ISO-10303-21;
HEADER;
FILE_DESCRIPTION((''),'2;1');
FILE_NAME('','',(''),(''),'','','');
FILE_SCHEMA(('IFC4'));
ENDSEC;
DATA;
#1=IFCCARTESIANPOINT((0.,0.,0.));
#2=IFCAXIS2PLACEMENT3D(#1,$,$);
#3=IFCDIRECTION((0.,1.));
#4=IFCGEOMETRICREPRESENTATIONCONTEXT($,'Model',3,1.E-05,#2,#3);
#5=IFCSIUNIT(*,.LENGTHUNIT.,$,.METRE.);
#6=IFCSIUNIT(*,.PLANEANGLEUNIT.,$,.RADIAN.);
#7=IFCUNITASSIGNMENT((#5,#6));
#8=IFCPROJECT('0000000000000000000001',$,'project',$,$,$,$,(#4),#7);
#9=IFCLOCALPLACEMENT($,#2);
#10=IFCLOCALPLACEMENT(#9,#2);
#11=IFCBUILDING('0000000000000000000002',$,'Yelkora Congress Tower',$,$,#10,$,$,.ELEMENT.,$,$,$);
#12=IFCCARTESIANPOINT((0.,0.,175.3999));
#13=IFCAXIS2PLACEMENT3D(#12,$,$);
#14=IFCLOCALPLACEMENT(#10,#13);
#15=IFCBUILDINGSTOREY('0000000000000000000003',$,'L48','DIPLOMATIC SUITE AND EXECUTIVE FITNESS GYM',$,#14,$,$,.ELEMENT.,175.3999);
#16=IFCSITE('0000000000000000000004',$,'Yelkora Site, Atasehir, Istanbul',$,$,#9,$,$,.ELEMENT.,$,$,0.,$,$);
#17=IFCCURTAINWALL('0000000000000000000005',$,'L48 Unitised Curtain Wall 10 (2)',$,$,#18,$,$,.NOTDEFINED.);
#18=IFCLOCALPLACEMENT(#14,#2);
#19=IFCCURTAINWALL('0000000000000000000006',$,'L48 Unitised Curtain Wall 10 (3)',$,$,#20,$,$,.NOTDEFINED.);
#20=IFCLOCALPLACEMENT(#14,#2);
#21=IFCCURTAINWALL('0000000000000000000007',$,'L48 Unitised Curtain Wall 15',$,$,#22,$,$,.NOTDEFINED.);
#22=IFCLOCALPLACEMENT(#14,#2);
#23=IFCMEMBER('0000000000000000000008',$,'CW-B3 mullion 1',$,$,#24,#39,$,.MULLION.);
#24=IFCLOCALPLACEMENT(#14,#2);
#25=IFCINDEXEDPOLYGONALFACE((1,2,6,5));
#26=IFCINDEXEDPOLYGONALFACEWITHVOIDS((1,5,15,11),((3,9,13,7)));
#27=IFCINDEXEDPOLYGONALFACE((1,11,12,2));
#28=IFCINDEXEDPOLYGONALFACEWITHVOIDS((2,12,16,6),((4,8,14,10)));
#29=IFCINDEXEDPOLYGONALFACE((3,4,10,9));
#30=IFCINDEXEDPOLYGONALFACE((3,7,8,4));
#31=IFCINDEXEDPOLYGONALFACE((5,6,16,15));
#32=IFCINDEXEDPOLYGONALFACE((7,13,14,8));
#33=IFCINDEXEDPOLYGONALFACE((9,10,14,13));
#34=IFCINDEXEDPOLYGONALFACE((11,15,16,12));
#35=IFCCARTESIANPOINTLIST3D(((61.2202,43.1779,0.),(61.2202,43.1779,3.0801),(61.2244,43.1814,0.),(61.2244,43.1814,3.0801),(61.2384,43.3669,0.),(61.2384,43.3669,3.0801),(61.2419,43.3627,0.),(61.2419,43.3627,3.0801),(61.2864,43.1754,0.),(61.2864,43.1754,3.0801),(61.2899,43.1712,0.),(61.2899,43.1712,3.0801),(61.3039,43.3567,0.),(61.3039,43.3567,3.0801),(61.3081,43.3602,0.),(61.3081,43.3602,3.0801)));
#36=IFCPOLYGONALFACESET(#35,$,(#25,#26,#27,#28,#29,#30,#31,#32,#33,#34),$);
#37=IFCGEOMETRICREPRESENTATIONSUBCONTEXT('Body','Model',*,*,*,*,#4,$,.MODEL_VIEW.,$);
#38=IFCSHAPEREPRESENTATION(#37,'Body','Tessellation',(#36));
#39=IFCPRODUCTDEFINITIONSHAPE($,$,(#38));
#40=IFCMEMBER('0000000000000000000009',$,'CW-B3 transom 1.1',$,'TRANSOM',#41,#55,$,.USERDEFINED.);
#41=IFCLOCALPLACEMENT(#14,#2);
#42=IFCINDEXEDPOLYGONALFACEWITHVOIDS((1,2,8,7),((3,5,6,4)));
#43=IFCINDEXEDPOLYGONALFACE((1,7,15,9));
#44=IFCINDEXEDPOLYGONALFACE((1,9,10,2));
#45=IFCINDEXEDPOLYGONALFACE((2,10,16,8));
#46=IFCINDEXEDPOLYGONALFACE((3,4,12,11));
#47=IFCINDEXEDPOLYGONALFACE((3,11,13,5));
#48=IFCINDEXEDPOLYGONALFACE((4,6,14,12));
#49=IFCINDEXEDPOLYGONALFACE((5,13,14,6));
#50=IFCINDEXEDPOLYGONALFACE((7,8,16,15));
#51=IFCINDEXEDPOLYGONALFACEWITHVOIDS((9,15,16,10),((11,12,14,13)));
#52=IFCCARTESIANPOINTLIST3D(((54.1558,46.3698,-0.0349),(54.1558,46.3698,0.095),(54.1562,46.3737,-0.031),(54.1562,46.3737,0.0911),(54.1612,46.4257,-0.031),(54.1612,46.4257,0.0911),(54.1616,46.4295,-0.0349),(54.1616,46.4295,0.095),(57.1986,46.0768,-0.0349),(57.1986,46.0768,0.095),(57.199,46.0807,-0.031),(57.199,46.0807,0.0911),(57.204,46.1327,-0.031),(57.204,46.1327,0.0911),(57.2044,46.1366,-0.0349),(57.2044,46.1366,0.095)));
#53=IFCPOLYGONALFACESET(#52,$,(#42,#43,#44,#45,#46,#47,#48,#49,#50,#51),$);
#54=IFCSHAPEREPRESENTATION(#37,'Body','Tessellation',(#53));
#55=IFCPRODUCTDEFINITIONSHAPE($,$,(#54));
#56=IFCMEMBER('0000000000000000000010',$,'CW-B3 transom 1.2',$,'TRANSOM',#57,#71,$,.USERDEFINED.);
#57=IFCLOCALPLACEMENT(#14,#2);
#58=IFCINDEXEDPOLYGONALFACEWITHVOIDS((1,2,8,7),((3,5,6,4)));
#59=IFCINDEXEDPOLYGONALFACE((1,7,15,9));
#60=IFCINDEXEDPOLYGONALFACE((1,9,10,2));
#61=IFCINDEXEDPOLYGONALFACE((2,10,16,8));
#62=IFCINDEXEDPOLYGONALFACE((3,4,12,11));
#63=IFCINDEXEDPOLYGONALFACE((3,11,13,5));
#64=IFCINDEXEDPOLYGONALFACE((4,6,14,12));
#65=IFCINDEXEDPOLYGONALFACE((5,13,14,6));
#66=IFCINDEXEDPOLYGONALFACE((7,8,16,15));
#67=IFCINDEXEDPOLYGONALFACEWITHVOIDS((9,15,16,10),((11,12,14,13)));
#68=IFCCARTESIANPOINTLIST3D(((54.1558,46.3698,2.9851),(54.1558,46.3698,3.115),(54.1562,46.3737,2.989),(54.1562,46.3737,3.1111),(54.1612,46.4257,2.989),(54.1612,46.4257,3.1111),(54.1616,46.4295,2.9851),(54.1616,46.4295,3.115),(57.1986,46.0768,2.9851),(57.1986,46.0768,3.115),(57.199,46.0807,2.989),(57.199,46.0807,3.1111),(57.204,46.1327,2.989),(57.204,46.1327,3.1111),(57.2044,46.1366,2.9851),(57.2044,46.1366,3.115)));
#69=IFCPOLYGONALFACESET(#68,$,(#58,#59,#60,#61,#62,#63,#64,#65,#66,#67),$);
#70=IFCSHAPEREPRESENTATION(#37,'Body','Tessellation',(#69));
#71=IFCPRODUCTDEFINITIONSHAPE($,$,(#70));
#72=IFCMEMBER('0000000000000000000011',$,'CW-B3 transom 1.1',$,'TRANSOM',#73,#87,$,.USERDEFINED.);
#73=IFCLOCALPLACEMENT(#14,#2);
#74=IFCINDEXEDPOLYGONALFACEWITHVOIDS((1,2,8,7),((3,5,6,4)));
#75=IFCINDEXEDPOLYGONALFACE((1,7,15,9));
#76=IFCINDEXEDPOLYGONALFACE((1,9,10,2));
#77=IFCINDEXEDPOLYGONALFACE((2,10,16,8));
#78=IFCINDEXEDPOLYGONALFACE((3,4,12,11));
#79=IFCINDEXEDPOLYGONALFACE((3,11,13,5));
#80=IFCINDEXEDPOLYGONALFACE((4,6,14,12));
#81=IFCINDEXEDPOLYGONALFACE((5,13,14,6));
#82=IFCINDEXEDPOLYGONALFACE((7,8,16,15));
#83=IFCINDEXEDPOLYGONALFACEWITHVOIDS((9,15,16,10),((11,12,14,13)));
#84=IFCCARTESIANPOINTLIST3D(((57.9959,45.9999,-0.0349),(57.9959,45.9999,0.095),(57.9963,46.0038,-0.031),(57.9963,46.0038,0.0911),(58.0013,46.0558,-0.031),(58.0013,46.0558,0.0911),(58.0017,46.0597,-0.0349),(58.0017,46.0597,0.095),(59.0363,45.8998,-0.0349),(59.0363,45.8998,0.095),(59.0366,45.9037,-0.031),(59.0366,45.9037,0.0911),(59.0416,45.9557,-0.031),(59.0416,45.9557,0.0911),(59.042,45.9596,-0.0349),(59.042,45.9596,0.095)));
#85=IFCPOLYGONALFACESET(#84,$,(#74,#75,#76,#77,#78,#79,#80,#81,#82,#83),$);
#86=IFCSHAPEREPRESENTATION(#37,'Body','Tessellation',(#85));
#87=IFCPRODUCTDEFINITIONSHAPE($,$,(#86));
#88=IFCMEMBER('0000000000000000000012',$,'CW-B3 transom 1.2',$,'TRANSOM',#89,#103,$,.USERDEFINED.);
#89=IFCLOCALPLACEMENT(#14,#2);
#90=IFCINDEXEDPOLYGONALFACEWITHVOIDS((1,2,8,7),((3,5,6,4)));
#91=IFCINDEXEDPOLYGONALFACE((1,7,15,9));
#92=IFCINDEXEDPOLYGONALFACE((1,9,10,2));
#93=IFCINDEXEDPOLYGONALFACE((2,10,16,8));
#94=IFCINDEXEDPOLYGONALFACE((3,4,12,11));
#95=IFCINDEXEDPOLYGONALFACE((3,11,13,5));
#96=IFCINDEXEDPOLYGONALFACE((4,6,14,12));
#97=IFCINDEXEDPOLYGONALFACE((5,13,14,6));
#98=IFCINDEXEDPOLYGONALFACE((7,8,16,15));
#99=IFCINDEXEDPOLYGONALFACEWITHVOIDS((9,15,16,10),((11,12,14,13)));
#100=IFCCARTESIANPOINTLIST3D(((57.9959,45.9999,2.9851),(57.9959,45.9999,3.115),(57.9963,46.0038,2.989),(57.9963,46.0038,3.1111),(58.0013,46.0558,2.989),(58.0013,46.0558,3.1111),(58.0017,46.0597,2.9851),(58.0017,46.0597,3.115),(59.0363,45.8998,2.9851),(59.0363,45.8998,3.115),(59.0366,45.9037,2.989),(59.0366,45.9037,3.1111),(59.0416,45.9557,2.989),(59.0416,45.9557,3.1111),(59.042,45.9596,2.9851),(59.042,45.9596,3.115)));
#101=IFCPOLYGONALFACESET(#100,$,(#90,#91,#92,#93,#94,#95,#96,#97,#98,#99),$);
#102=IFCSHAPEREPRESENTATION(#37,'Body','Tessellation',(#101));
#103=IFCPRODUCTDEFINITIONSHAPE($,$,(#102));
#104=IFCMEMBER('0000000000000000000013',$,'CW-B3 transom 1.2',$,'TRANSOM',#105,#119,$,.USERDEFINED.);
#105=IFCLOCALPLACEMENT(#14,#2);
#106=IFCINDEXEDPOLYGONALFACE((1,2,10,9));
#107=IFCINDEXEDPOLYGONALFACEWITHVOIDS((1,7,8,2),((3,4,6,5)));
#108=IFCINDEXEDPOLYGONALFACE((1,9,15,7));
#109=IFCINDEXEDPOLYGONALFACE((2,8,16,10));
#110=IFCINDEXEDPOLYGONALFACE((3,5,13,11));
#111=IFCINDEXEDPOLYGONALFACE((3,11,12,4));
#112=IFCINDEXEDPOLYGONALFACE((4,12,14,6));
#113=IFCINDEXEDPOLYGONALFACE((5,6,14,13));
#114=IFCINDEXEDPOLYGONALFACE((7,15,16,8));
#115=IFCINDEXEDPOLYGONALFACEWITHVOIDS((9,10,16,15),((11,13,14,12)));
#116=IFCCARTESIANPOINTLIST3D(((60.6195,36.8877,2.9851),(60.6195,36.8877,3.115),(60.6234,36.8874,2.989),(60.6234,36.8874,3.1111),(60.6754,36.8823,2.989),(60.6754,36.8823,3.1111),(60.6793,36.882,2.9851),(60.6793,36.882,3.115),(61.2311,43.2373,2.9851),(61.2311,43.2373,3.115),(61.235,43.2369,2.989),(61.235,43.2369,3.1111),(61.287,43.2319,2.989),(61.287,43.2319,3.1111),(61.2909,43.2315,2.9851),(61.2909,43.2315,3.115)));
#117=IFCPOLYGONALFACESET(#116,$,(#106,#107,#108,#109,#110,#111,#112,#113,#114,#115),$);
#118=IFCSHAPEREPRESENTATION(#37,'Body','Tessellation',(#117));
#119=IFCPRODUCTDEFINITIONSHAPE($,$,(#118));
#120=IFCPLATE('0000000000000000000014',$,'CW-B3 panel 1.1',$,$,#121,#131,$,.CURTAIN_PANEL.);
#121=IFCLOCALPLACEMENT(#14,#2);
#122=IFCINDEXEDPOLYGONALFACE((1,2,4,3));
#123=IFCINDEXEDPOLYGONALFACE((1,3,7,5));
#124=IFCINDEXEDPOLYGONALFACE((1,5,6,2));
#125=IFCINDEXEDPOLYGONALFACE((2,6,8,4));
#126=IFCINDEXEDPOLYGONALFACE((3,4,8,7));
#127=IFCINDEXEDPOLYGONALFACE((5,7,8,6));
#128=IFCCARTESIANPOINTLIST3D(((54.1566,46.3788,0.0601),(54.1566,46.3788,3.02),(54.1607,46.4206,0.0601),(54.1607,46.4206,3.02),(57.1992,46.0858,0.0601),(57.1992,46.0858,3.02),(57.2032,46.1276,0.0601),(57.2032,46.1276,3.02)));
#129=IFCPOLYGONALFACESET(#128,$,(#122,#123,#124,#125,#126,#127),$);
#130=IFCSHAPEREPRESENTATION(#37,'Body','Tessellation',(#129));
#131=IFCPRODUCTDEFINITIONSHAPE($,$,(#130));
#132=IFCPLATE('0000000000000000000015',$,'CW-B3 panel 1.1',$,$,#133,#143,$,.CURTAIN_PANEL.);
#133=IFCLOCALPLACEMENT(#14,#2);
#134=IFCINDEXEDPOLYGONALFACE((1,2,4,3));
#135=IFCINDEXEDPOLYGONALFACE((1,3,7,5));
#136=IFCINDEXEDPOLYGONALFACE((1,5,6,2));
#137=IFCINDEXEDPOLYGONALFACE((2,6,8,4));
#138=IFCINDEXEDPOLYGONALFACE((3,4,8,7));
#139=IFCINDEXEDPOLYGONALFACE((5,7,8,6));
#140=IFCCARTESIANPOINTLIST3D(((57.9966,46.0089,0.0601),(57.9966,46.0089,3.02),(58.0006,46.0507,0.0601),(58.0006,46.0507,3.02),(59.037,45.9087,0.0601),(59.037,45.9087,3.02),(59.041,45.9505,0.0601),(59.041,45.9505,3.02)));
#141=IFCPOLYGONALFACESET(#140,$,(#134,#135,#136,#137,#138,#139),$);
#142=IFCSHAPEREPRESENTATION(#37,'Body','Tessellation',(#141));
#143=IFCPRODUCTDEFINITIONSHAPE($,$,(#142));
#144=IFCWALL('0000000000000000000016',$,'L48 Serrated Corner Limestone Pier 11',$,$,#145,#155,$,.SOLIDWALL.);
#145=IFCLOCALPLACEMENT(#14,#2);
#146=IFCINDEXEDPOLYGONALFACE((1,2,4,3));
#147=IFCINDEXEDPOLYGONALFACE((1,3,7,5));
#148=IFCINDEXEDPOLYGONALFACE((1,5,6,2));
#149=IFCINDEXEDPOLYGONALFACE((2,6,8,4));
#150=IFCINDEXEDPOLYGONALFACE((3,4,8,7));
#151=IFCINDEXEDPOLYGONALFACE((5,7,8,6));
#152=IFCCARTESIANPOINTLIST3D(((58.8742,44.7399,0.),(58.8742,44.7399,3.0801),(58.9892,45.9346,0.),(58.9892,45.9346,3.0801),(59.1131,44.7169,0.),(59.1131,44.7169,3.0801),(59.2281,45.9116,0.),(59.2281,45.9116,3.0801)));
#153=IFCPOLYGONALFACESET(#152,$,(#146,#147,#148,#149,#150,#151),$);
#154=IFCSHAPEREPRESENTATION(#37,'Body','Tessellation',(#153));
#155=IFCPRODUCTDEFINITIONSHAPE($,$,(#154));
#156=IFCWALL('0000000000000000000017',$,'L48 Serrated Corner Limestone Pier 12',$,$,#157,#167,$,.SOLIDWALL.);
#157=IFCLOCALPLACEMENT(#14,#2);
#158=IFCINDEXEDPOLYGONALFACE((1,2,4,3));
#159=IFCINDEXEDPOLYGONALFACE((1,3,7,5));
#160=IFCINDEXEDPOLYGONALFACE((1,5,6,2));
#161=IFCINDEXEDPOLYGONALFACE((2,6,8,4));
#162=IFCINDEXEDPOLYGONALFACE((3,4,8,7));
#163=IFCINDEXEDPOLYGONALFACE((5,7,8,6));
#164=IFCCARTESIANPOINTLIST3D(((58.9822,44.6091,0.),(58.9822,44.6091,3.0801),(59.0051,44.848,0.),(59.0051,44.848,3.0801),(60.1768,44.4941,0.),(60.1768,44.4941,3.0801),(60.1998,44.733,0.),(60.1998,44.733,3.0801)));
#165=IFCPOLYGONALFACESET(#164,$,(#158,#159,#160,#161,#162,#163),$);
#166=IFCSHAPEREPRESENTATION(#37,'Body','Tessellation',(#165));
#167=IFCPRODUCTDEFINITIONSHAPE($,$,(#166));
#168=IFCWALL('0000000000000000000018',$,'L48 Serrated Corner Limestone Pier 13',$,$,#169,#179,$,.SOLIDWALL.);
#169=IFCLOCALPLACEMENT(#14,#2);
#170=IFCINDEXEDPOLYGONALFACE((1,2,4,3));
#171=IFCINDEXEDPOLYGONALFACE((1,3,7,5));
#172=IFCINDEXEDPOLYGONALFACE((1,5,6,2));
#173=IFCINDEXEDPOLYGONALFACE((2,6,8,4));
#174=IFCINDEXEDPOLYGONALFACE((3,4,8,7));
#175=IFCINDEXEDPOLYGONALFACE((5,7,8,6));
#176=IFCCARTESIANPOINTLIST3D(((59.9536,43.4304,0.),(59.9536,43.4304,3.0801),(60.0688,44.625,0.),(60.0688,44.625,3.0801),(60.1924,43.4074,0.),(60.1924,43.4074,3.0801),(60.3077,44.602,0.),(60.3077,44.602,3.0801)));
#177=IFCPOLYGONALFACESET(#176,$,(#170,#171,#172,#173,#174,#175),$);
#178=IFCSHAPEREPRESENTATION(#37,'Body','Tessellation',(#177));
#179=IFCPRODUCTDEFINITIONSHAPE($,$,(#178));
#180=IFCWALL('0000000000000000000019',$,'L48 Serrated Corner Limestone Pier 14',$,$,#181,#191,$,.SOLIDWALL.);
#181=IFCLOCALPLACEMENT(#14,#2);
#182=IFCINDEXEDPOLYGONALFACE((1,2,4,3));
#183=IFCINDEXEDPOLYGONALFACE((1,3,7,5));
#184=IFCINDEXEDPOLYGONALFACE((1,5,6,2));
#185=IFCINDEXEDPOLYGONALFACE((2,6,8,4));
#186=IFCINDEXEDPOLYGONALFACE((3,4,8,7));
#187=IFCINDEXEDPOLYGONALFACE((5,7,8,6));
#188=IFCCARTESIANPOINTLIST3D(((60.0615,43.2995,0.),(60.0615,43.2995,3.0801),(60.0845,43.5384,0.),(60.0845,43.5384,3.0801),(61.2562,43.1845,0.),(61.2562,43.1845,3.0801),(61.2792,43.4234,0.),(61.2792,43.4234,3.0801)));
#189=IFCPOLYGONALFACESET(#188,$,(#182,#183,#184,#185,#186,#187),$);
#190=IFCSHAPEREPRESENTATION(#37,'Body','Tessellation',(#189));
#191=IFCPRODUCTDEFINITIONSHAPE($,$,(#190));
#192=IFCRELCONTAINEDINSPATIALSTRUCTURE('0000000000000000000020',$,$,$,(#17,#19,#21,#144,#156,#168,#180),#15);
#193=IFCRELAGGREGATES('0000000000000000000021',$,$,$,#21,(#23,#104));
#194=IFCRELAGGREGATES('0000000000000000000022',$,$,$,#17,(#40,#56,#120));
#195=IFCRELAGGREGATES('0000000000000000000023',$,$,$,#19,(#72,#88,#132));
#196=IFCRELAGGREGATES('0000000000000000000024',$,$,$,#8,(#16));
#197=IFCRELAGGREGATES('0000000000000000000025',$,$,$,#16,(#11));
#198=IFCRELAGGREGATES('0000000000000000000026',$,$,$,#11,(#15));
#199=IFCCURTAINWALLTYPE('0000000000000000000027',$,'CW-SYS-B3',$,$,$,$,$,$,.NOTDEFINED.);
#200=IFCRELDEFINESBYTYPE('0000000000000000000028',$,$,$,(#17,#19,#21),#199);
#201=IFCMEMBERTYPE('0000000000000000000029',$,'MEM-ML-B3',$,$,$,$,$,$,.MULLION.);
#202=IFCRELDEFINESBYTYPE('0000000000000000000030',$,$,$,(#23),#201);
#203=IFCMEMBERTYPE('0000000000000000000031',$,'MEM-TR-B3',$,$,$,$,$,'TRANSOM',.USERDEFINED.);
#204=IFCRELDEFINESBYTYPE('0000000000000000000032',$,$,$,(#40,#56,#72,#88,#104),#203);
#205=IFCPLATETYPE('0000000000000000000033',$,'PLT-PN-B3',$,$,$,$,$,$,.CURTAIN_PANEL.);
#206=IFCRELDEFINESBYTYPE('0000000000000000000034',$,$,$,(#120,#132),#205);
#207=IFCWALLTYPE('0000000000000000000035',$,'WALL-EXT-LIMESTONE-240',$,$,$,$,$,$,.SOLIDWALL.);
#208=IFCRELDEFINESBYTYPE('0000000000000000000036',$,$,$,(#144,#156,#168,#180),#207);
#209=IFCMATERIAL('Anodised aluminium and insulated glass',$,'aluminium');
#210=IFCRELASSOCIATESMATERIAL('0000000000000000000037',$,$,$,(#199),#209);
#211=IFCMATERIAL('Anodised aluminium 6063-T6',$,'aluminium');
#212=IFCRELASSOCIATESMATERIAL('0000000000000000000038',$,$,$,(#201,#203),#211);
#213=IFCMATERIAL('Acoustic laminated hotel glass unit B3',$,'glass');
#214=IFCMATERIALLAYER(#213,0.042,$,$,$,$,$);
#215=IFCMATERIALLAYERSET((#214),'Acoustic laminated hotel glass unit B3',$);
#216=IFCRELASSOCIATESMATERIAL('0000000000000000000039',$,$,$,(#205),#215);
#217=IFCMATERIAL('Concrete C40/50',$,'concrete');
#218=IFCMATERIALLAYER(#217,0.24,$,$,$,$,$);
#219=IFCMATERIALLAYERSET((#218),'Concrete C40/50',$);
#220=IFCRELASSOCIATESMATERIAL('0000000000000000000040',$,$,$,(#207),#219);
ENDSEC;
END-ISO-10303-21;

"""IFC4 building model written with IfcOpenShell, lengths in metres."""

from ifc_helpers import new_model, si_unit, direction, frame, frame_2d, origin, origin_2d, place, context, subcontext, project, spatial, rectangle, hollow_rectangle, extrude, material, layer, layer_set, material_profile, profile_set, type_object, element, aggregate, save


model = new_model("IFC4")

# Units and contexts
model_context = context("Model", 3, precision=1e-05, world=origin(), true_north=direction((0.0, 1.0)))
body_context = subcontext(model_context, "Body", "Model", "MODEL_VIEW")
ifc_project = project(units=[si_unit("LENGTHUNIT", "METRE"), si_unit("PLANEANGLEUNIT", "RADIAN")], contexts=[model_context])

# Site, building, storey
site_placement = place(None, origin())
site = spatial("IfcSite", under=ifc_project, at=site_placement, Name="Yelkora Site, Atasehir, Istanbul", CompositionType="ELEMENT", RefElevation=0.0)
building_placement = place(site_placement, origin())
building = spatial("IfcBuilding", under=site, at=building_placement, Name="Yelkora Congress Tower", CompositionType="ELEMENT")
storey_placement = place(building_placement, frame((0.0, 0.0, 175.3999)))
storey = spatial("IfcBuildingStorey", under=building, at=storey_placement, Name="L48", Description="DIPLOMATIC SUITE AND EXECUTIVE FITNESS GYM", CompositionType="ELEMENT", Elevation=175.3999)

# Shared definitions
ifc_material_1 = material(Name="Anodised aluminium and insulated glass", Category="aluminium")
curtain_wall_type = type_object("IfcCurtainWallType", Name="CW-SYS-B3", PredefinedType="NOTDEFINED", material=ifc_material_1)
ifc_material_2 = material(Name="Anodised aluminium 6063-T6", Category="aluminium")
ifc_material_profile_1 = material_profile(ifc_material_2, hollow_rectangle(XDim=0.0701, YDim=0.1899, WallThickness=0.0039, at=origin_2d()), Name="ALU 70x190x4")
ifc_profile_set_1 = profile_set([ifc_material_profile_1], Name="Anodised aluminium 6063-T6")
member_type_1 = type_object("IfcMemberType", Name="MEM-ML-B3", PredefinedType="MULLION", material=ifc_profile_set_1)

# Curtain walls
curtain_wall_1_placement = place(storey_placement, origin())
curtain_wall_1 = element("IfcCurtainWall", 1, at=curtain_wall_1_placement, inside=storey, type_object=curtain_wall_type, Name="L48 Unitised Curtain Wall 10 (2)", PredefinedType="NOTDEFINED")
curtain_wall_2_placement = place(storey_placement, origin())
curtain_wall_2 = element("IfcCurtainWall", 2, at=curtain_wall_2_placement, inside=storey, type_object=curtain_wall_type, Name="L48 Unitised Curtain Wall 10 (3)", PredefinedType="NOTDEFINED")

# Curtain wall, member
curtain_wall_3_placement = place(storey_placement, origin())
curtain_wall_3 = element("IfcCurtainWall", 3, at=curtain_wall_3_placement, inside=storey, type_object=curtain_wall_type, Name="L48 Unitised Curtain Wall 15", PredefinedType="NOTDEFINED")
member_1_placement = place(storey_placement, frame((61.2642, 43.269, 0.0), z_axis=(0.0, 0.0, 1.0), x_axis=(0.995397, -0.095842, 0.0)))
member_1 = element("IfcMember", 4, at=member_1_placement, type_object=member_type_1, Name="CW-B3 mullion 1", PredefinedType="MULLION", context=body_context, shape_type="SweptSolid", body=[
    extrude(hollow_rectangle(XDim=0.0701, YDim=0.1899, WallThickness=0.0039, at=origin_2d()), origin(), (0.0, 0.0, 1.0), 3.0801),
])

# Members
ifc_material_profile_2 = material_profile(ifc_material_2, hollow_rectangle(XDim=0.0601, YDim=0.1299, WallThickness=0.0039, at=origin_2d()), Name="ALU 60x130x4")
ifc_profile_set_2 = profile_set([ifc_material_profile_2], Name="Anodised aluminium 6063-T6")
member_type_2 = type_object("IfcMemberType", Name="MEM-TR-B3", ElementType="TRANSOM", PredefinedType="USERDEFINED", material=ifc_profile_set_2)
member_2_placement = place(storey_placement, frame((54.1587, 46.3997, 0.03), z_axis=(0.995397, -0.095842, 0.0), x_axis=(0.095842, 0.995397, 0.0)))
member_2 = element("IfcMember", 5, at=member_2_placement, type_object=member_type_2, Name="CW-B3 transom 1.1", ObjectType="TRANSOM", PredefinedType="USERDEFINED", context=body_context, shape_type="SweptSolid", body=[
    extrude(hollow_rectangle(XDim=0.0601, YDim=0.1299, WallThickness=0.0039, at=origin_2d()), origin(), (0.0, 0.0, 1.0), 3.0569),
])
member_3_placement = place(storey_placement, frame((54.1587, 46.3997, 3.05), z_axis=(0.995397, -0.095842, 0.0), x_axis=(0.095842, 0.995397, 0.0)))
member_3 = element("IfcMember", 6, at=member_3_placement, type_object=member_type_2, Name="CW-B3 transom 1.2", ObjectType="TRANSOM", PredefinedType="USERDEFINED", context=body_context, shape_type="SweptSolid", body=[
    extrude(hollow_rectangle(XDim=0.0601, YDim=0.1299, WallThickness=0.0039, at=origin_2d()), origin(), (0.0, 0.0, 1.0), 3.0569),
])
member_4_placement = place(storey_placement, frame((57.9988, 46.0298, 0.03), z_axis=(0.995403, -0.095779, 0.0), x_axis=(0.095779, 0.995403, 0.0)))
member_4 = element("IfcMember", 7, at=member_4_placement, type_object=member_type_2, Name="CW-B3 transom 1.1", ObjectType="TRANSOM", PredefinedType="USERDEFINED", context=body_context, shape_type="SweptSolid", body=[
    extrude(hollow_rectangle(XDim=0.0601, YDim=0.1299, WallThickness=0.0039, at=origin_2d()), origin(), (0.0, 0.0, 1.0), 1.0452),
])
member_5_placement = place(storey_placement, frame((57.9988, 46.0298, 3.05), z_axis=(0.995403, -0.095779, 0.0), x_axis=(0.095779, 0.995403, 0.0)))
member_5 = element("IfcMember", 8, at=member_5_placement, type_object=member_type_2, Name="CW-B3 transom 1.2", ObjectType="TRANSOM", PredefinedType="USERDEFINED", context=body_context, shape_type="SweptSolid", body=[
    extrude(hollow_rectangle(XDim=0.0601, YDim=0.1299, WallThickness=0.0039, at=origin_2d()), origin(), (0.0, 0.0, 1.0), 1.0452),
])
member_6_placement = place(storey_placement, frame((61.261, 43.2344, 3.05), z_axis=(-0.095873, -0.995394, 0.0), x_axis=(0.995394, -0.095873, 0.0)))
member_6 = element("IfcMember", 9, at=member_6_placement, type_object=member_type_2, Name="CW-B3 transom 1.2", ObjectType="TRANSOM", PredefinedType="USERDEFINED", context=body_context, shape_type="SweptSolid", body=[
    extrude(hollow_rectangle(XDim=0.0601, YDim=0.1299, WallThickness=0.0039, at=origin_2d()), origin(), (0.0, 0.0, 1.0), 6.3789),
])
aggregate(curtain_wall_3, [member_1, member_6])

# Plates
ifc_material_3 = material(Name="Acoustic laminated hotel glass unit B3", Category="glass")
ifc_layer_1 = layer(ifc_material_3, 0.042)
ifc_layer_set_1 = layer_set([ifc_layer_1], Name="Acoustic laminated hotel glass unit B3")
plate_type = type_object("IfcPlateType", Name="PLT-PN-B3", PredefinedType="CURTAIN_PANEL", material=ifc_layer_set_1)
plate_1_placement = place(storey_placement, frame((55.6799, 46.2532, 0.0601), z_axis=(0.0, 0.0, 1.0), x_axis=(0.995396, -0.095848, 0.0)))
plate_1 = element("IfcPlate", 10, at=plate_1_placement, type_object=plate_type, Name="CW-B3 panel 1.1", PredefinedType="CURTAIN_PANEL", context=body_context, shape_type="SweptSolid", body=[
    extrude(rectangle(XDim=3.0566, YDim=0.042, at=origin_2d()), origin(), (0.0, 0.0, 1.0), 2.96),
])
aggregate(curtain_wall_1, [member_2, member_3, plate_1])
plate_2_placement = place(storey_placement, frame((58.5188, 45.9797, 0.0601), z_axis=(0.0, 0.0, 1.0), x_axis=(0.995396, -0.095852, 0.0)))
plate_2 = element("IfcPlate", 11, at=plate_2_placement, type_object=plate_type, Name="CW-B3 panel 1.1", PredefinedType="CURTAIN_PANEL", context=body_context, shape_type="SweptSolid", body=[
    extrude(rectangle(XDim=1.0452, YDim=0.042, at=origin_2d()), origin(), (0.0, 0.0, 1.0), 2.96),
])
aggregate(curtain_wall_2, [member_4, member_5, plate_2])

# Walls
ifc_material_4 = material(Name="Concrete C40/50", Category="concrete")
ifc_layer_2 = layer(ifc_material_4, 0.24)
ifc_layer_set_2 = layer_set([ifc_layer_2], Name="Concrete C40/50")
wall_type = type_object("IfcWallType", Name="WALL-EXT-LIMESTONE-240", PredefinedType="SOLIDWALL", material=ifc_layer_set_2)
for number, where, z_axis, x_axis, name in (
    (12, (59.1086, 45.9231, 0.0), (0.0, 0.0, 1.0), (-0.095817, -0.995399, 0.0), "L48 Serrated Corner Limestone Pier 11"),
    (13, (58.9937, 44.7285, 0.0), (0.0, 0.0, 1.0), (0.995399, -0.095817, 0.0), "L48 Serrated Corner Limestone Pier 12"),
    (14, (60.1882, 44.6135, 0.0), (0.0, 0.0, 1.0), (-0.096019, -0.99538, 0.0), "L48 Serrated Corner Limestone Pier 13"),
    (15, (60.073, 43.4189, 0.0), (0.0, 0.0, 1.0), (0.995399, -0.095817, 0.0), "L48 Serrated Corner Limestone Pier 14"),
):
    element("IfcWall", number, at=place(storey_placement, frame(where, z_axis=z_axis, x_axis=x_axis)), inside=storey, type_object=wall_type, Name=name, PredefinedType="SOLIDWALL", context=body_context, shape_type="SweptSolid", body=[
        extrude(rectangle(XDim=1.2002, YDim=0.24, at=frame_2d((0.6001, 0.0))), origin(), (0.0, 0.0, 1.0), 3.0801),
    ])

save(model, "model.ifc")
